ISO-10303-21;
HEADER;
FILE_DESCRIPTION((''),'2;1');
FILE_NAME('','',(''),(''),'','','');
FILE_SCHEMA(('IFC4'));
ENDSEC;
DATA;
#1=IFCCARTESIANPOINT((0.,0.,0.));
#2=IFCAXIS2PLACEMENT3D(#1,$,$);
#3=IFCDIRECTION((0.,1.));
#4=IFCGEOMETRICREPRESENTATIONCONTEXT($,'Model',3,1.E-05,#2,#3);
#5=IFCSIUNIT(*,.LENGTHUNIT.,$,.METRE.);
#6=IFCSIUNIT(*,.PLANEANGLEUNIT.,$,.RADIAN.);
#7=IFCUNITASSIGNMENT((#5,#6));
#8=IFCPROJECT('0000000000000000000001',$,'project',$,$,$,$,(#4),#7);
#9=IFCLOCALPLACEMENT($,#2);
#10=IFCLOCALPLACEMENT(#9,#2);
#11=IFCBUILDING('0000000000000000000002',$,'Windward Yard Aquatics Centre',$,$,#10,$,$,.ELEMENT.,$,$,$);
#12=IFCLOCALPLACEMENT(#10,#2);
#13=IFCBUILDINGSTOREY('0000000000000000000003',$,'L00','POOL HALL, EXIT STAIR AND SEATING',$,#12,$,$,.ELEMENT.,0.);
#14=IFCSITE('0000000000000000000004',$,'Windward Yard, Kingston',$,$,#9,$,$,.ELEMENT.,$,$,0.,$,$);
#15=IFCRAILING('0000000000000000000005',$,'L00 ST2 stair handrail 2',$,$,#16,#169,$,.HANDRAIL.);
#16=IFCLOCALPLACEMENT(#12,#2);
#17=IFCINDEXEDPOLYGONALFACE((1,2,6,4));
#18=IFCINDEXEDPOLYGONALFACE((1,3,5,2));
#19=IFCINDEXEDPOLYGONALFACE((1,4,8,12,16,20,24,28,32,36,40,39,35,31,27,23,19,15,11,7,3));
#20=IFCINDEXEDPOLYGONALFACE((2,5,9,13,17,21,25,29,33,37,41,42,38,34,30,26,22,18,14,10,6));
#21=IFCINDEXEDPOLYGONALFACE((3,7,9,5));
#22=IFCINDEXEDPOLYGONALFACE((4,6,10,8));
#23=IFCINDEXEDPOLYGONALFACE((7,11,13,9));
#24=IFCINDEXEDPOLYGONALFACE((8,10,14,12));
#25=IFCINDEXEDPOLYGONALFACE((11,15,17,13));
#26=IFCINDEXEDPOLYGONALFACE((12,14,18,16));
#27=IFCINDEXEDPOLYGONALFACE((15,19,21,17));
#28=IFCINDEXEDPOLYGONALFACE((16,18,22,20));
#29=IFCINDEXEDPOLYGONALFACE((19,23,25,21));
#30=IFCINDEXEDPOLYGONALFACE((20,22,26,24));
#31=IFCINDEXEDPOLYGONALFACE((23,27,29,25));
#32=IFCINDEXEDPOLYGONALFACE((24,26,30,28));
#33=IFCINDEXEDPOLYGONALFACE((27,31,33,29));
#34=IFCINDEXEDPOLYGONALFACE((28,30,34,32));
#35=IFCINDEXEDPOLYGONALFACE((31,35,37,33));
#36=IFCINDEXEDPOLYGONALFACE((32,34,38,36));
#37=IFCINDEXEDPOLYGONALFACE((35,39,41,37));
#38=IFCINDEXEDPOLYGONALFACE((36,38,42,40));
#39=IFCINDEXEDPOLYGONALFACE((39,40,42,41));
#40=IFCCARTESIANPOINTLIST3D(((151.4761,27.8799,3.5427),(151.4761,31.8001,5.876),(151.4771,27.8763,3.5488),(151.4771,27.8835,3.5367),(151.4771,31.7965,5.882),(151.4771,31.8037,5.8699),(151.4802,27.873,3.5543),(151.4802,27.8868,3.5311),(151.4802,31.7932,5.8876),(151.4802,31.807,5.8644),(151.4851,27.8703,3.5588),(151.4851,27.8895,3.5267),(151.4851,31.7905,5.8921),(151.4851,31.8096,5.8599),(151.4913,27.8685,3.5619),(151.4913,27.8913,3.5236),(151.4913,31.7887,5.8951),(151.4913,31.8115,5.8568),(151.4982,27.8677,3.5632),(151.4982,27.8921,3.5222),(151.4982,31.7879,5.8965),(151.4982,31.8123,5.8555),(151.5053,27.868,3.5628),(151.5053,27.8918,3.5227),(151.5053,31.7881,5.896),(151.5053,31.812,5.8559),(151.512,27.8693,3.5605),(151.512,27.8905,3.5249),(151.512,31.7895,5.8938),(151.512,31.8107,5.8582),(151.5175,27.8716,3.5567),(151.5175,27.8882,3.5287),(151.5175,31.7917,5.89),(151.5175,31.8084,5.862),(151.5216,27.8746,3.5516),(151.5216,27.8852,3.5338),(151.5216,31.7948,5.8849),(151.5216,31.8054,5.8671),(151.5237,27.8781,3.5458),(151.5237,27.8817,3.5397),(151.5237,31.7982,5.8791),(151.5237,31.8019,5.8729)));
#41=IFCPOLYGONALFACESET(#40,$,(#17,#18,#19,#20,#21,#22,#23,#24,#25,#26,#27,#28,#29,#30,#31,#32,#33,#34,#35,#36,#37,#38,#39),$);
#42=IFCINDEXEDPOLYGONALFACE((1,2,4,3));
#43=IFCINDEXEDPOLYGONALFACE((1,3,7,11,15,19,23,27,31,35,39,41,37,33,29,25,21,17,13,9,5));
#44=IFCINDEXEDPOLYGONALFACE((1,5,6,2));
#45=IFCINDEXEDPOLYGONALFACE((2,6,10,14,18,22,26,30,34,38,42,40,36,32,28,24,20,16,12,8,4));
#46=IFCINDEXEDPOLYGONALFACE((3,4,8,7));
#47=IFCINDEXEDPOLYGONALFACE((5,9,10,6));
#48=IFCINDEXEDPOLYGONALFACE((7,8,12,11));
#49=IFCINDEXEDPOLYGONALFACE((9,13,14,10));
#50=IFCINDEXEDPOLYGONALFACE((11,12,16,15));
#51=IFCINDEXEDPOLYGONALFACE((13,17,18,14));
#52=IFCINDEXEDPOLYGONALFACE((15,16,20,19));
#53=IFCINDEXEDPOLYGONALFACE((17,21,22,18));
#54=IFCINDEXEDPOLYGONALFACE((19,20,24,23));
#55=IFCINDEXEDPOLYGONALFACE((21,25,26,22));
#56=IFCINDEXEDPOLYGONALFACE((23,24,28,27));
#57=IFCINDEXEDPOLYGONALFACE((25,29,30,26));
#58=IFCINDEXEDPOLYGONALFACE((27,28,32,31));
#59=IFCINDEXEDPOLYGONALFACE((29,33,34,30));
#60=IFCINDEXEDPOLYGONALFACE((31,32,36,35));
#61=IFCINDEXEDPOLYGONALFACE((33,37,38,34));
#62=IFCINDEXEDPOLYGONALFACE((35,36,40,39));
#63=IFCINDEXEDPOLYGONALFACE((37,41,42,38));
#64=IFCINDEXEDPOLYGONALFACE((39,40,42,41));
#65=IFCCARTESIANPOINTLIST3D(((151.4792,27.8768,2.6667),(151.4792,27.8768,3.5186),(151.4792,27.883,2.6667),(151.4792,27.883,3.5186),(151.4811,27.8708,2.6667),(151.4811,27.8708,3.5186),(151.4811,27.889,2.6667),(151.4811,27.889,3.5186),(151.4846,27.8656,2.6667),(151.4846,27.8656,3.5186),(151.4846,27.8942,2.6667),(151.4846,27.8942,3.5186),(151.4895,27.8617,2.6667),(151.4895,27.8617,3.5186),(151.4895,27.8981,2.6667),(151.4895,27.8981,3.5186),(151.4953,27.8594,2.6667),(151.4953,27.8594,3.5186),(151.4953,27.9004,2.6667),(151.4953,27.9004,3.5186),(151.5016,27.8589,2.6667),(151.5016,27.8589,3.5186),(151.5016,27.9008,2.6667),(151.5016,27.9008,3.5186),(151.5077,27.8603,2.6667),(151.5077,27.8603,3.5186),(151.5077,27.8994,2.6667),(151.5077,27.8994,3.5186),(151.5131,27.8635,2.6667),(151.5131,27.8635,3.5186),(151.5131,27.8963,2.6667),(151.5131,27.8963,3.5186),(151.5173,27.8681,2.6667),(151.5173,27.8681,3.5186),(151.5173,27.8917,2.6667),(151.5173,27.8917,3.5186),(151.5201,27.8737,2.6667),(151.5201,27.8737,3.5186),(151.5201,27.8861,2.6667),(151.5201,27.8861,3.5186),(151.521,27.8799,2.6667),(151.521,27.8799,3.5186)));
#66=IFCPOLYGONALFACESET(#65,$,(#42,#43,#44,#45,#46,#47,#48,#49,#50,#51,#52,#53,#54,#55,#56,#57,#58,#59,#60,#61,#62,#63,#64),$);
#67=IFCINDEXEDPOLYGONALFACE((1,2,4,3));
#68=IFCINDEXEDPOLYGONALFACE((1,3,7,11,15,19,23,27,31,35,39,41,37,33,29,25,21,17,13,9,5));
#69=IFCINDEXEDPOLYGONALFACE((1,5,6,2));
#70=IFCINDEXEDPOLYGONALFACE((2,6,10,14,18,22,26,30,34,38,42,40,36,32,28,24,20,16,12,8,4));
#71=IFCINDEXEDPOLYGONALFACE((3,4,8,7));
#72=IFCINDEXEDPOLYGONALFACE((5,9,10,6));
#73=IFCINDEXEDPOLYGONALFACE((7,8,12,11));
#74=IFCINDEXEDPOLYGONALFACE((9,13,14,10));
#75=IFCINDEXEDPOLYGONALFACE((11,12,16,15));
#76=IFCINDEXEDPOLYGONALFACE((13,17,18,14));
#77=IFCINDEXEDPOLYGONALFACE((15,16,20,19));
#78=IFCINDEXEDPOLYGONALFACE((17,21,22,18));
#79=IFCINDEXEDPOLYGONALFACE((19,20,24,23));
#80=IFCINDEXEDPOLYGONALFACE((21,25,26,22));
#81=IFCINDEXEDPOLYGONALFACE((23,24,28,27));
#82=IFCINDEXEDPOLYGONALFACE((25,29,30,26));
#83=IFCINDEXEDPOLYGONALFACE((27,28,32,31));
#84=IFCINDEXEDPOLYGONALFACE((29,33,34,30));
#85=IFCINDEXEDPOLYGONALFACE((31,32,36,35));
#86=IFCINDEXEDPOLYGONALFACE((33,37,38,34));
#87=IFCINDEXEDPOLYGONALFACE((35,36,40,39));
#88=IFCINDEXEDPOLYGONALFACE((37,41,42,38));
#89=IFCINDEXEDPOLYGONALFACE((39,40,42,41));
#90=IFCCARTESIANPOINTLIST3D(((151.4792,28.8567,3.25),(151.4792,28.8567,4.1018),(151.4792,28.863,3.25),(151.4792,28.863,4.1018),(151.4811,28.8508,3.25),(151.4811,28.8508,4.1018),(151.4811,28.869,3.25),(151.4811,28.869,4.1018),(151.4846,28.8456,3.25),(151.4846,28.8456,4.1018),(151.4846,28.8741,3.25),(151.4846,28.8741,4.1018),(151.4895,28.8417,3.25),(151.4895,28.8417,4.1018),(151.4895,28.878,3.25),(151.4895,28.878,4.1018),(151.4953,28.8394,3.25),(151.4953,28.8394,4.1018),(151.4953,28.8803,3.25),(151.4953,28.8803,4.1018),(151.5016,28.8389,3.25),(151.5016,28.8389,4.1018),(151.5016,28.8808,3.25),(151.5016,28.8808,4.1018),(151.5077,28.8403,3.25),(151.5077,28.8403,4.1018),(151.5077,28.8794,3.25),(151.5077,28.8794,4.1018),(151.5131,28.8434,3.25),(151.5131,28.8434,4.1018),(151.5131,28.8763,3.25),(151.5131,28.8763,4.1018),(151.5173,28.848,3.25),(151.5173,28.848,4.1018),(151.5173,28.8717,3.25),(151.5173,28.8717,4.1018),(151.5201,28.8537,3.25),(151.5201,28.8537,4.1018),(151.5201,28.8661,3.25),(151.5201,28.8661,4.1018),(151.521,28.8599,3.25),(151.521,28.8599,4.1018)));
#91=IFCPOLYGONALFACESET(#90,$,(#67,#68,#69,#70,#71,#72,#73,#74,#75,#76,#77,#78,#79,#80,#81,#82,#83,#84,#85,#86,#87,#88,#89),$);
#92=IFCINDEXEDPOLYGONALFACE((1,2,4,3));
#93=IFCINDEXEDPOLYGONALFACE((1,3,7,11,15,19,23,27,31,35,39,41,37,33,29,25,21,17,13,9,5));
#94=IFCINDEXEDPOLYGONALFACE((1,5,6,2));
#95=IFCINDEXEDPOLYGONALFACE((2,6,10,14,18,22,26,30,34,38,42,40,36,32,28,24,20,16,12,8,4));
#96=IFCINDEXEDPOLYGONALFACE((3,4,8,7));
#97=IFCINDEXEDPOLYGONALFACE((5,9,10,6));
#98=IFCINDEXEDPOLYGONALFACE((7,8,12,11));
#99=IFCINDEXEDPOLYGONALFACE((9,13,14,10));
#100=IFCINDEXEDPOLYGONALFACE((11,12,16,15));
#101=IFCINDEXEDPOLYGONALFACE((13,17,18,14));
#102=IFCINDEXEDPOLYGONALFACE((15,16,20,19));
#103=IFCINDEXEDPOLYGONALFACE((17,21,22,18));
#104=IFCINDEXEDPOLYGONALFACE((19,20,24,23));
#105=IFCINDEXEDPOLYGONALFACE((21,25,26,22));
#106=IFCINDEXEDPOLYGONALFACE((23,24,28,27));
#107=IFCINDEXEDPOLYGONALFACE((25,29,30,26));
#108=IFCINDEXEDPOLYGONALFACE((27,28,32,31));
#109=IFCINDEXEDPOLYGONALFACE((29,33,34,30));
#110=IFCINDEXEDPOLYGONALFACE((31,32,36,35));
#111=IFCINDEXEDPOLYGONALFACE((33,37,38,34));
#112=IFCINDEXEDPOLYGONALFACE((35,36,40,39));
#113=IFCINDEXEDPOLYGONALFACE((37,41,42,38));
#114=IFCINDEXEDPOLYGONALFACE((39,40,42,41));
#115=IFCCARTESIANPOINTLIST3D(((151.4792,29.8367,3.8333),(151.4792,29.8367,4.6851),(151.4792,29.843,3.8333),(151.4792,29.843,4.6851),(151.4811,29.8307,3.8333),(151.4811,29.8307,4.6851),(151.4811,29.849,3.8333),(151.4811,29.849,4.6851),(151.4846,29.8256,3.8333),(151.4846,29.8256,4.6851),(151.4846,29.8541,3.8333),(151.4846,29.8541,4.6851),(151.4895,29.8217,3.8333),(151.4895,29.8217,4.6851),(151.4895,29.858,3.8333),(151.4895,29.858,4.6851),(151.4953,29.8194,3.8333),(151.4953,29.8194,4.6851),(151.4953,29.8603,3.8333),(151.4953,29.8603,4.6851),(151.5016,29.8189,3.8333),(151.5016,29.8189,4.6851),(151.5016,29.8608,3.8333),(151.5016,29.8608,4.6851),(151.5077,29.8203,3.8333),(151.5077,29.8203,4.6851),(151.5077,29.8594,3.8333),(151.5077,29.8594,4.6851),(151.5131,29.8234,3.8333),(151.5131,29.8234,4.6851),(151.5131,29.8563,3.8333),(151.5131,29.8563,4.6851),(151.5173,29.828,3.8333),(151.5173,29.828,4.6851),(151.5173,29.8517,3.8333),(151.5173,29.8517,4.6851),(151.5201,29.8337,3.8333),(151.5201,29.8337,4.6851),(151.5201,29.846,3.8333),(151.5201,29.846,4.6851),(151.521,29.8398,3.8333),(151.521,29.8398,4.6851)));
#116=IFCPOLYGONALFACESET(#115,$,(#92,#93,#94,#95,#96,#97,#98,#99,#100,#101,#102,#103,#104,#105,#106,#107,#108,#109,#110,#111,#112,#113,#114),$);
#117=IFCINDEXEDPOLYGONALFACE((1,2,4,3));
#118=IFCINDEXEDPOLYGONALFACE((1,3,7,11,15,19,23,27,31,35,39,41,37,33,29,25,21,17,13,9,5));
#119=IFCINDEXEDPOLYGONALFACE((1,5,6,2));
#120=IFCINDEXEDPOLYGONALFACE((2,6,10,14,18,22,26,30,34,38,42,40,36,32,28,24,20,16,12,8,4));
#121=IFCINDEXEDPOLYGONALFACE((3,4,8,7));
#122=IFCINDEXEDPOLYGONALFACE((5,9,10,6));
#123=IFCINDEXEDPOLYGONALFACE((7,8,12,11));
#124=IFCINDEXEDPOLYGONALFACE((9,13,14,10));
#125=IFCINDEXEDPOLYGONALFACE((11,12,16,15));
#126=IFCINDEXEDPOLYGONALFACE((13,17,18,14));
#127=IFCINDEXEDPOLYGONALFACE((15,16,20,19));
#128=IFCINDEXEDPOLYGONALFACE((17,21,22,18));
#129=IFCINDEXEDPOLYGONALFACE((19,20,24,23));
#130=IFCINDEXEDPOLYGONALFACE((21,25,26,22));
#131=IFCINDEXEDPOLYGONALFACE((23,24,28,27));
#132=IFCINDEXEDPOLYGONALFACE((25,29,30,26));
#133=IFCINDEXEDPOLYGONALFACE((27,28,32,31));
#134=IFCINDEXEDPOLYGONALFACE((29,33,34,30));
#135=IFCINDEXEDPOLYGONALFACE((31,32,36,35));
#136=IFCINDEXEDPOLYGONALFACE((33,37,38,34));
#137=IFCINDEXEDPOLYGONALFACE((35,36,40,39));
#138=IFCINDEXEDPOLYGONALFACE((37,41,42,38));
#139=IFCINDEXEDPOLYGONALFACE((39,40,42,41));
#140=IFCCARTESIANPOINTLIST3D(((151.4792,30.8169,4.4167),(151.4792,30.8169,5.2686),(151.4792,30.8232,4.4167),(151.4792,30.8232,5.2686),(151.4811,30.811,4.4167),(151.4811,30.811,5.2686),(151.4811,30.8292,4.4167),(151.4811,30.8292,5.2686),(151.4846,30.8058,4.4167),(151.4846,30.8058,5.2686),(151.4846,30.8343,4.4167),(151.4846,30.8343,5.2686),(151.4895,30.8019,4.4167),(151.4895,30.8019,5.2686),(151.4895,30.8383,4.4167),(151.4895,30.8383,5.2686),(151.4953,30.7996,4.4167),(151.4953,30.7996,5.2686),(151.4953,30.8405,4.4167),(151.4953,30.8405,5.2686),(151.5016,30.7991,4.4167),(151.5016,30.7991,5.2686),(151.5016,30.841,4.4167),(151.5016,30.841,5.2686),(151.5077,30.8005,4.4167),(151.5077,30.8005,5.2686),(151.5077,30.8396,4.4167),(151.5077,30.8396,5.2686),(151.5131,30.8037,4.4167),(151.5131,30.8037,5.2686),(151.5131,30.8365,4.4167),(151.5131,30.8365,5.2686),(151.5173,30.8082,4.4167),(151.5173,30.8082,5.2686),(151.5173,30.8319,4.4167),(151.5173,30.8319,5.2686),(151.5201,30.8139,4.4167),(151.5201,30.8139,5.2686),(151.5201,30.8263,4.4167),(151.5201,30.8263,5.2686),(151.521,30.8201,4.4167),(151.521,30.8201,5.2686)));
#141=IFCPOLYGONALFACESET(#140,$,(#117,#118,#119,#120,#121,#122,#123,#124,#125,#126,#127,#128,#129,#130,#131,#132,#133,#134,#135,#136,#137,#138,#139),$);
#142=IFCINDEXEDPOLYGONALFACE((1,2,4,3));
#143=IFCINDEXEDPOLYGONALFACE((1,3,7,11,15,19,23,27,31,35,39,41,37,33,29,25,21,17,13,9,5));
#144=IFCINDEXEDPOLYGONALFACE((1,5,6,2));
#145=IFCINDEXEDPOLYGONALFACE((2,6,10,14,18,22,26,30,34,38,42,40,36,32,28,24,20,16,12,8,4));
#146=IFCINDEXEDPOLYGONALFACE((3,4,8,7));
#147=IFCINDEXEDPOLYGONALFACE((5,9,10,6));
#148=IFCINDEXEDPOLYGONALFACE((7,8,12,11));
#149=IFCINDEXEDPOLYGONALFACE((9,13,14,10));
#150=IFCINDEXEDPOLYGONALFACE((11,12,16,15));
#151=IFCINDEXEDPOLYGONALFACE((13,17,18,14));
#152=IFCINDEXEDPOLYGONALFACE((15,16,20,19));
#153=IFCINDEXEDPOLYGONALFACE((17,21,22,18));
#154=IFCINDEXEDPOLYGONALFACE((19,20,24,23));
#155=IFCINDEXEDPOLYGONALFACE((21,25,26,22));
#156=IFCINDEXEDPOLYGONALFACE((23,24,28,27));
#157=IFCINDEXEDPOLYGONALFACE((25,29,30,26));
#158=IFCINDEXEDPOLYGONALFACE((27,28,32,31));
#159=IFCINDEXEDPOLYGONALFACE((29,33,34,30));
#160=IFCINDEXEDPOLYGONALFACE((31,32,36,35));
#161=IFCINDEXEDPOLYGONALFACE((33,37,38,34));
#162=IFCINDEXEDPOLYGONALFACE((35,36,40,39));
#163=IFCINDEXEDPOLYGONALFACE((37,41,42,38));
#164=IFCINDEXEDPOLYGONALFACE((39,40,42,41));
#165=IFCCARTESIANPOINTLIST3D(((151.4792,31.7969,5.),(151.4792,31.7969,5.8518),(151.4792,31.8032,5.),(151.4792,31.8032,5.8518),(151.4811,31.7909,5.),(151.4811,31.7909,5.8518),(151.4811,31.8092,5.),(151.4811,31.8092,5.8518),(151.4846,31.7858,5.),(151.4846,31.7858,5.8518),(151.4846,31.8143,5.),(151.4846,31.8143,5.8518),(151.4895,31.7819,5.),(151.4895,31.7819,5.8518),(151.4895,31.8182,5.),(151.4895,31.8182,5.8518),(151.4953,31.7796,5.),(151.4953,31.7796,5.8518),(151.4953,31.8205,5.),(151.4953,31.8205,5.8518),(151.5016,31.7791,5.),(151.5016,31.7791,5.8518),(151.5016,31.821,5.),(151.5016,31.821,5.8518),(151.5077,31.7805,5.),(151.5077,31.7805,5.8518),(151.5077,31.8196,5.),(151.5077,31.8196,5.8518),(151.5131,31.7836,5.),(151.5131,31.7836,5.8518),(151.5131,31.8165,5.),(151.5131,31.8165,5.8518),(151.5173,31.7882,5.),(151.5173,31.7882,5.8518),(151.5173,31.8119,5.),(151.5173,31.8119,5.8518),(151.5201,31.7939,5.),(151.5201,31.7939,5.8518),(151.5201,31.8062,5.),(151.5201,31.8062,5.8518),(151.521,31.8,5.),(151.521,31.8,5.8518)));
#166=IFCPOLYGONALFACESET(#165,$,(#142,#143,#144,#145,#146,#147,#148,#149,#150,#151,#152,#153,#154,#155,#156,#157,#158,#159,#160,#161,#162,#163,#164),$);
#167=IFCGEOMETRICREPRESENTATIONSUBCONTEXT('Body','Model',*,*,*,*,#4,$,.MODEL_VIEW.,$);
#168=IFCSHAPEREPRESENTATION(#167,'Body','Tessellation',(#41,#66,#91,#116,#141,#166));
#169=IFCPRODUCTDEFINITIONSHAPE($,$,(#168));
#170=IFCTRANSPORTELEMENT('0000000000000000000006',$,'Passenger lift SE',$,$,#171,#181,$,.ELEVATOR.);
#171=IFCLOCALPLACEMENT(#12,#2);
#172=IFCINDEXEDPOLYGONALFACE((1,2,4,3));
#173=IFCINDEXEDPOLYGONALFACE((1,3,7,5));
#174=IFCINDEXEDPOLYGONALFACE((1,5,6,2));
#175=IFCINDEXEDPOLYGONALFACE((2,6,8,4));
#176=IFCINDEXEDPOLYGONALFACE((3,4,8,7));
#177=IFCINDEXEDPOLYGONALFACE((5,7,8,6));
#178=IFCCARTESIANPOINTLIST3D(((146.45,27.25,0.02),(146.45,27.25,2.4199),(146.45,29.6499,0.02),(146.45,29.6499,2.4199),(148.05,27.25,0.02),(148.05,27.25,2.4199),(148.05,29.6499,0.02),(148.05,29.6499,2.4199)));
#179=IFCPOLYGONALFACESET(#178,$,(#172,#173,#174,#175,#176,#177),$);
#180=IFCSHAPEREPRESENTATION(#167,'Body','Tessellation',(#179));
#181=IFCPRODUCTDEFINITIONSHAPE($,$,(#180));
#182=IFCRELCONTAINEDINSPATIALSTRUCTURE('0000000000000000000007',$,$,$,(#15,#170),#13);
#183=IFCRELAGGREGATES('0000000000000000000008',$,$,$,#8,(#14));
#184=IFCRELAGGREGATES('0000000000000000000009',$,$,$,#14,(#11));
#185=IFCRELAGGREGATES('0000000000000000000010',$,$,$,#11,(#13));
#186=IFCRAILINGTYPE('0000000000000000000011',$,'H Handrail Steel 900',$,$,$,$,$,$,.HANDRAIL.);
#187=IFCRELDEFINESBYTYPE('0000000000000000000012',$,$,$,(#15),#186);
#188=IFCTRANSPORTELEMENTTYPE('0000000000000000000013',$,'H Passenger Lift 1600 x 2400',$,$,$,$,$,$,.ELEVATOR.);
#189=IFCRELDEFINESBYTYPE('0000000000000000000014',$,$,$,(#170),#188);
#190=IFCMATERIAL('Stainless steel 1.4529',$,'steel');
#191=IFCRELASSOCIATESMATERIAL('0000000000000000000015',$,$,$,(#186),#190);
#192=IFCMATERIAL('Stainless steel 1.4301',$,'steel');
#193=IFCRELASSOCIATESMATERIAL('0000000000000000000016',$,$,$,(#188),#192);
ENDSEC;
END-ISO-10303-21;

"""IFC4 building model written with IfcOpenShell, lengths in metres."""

from ifc_helpers import new_model, si_unit, direction, frame, origin, origin_2d, place, context, subcontext, project, spatial, rectangle, circle, extrude, material, type_object, element, save


model = new_model("IFC4")

# Units and contexts
model_context = context("Model", 3, precision=1e-05, world=origin(), true_north=direction((0.0, 1.0)))
body_context = subcontext(model_context, "Body", "Model", "MODEL_VIEW")
ifc_project = project(units=[si_unit("LENGTHUNIT", "METRE"), si_unit("PLANEANGLEUNIT", "RADIAN")], contexts=[model_context])

# Site, building, storey
site_placement = place(None, origin())
site = spatial("IfcSite", under=ifc_project, at=site_placement, Name="Windward Yard, Kingston", CompositionType="ELEMENT", RefElevation=0.0)
building_placement = place(site_placement, origin())
building = spatial("IfcBuilding", under=site, at=building_placement, Name="Windward Yard Aquatics Centre", CompositionType="ELEMENT")
storey_placement = place(building_placement, origin())
storey = spatial("IfcBuildingStorey", under=building, at=storey_placement, Name="L00", Description="POOL HALL, EXIT STAIR AND SEATING", CompositionType="ELEMENT", Elevation=0.0)

# Shared definitions
ifc_material_1 = material(Name="Stainless steel 1.4301", Category="steel")

# Railing
ifc_material_2 = material(Name="Stainless steel 1.4529", Category="steel")
railing_type_1 = type_object("IfcRailingType", Name="H Handrail Steel 900", PredefinedType="HANDRAIL", material=ifc_material_2)
railing_1_placement = place(storey_placement, frame((151.5, 27.8799, 2.6667)))
element("IfcRailing", 1, at=railing_1_placement, inside=storey, type_object=railing_type_1, Name="L00 ST2 stair handrail 2", PredefinedType="HANDRAIL", context=body_context, shape_type="SweptSolid", body=[
    extrude(circle(Radius=0.0239, at=origin_2d()), frame((0.0, 0.0, 0.876), z_axis=(0.0, 0.85931, 0.511455), x_axis=(-1.0, 0.0, 0.0)), (0.0, 0.0, 1.0), 4.562),
    extrude(circle(Radius=0.021, at=origin_2d()), origin(), (0.0, 0.0, 1.0), 0.8518),
    extrude(circle(Radius=0.021, at=origin_2d()), frame((0.0, 0.98, 0.5833)), (0.0, 0.0, 1.0), 0.8518),
    extrude(circle(Radius=0.021, at=origin_2d()), frame((0.0, 1.96, 1.1665)), (0.0, 0.0, 1.0), 0.8518),
    extrude(circle(Radius=0.021, at=origin_2d()), frame((0.0, 2.9402, 1.75)), (0.0, 0.0, 1.0), 0.8518),
    extrude(circle(Radius=0.021, at=origin_2d()), frame((0.0, 3.9202, 2.3333)), (0.0, 0.0, 1.0), 0.8518),
])

# Transport element
transport_element_type = type_object("IfcTransportElementType", Name="H Passenger Lift 1600 x 2400", PredefinedType="ELEVATOR", material=ifc_material_1)
transport_element_placement = place(storey_placement, frame((147.25, 28.45, 0.02), z_axis=(0.0, 0.0, 1.0), x_axis=(1.0, 0.0, 0.0)))
element("IfcTransportElement", 2, at=transport_element_placement, inside=storey, type_object=transport_element_type, Name="Passenger lift SE", PredefinedType="ELEVATOR", context=body_context, shape_type="SweptSolid", body=[
    extrude(rectangle(XDim=1.6001, YDim=2.3999, at=origin_2d()), origin(), (0.0, 0.0, 1.0), 2.3999),
])

save(model, "model.ifc")
